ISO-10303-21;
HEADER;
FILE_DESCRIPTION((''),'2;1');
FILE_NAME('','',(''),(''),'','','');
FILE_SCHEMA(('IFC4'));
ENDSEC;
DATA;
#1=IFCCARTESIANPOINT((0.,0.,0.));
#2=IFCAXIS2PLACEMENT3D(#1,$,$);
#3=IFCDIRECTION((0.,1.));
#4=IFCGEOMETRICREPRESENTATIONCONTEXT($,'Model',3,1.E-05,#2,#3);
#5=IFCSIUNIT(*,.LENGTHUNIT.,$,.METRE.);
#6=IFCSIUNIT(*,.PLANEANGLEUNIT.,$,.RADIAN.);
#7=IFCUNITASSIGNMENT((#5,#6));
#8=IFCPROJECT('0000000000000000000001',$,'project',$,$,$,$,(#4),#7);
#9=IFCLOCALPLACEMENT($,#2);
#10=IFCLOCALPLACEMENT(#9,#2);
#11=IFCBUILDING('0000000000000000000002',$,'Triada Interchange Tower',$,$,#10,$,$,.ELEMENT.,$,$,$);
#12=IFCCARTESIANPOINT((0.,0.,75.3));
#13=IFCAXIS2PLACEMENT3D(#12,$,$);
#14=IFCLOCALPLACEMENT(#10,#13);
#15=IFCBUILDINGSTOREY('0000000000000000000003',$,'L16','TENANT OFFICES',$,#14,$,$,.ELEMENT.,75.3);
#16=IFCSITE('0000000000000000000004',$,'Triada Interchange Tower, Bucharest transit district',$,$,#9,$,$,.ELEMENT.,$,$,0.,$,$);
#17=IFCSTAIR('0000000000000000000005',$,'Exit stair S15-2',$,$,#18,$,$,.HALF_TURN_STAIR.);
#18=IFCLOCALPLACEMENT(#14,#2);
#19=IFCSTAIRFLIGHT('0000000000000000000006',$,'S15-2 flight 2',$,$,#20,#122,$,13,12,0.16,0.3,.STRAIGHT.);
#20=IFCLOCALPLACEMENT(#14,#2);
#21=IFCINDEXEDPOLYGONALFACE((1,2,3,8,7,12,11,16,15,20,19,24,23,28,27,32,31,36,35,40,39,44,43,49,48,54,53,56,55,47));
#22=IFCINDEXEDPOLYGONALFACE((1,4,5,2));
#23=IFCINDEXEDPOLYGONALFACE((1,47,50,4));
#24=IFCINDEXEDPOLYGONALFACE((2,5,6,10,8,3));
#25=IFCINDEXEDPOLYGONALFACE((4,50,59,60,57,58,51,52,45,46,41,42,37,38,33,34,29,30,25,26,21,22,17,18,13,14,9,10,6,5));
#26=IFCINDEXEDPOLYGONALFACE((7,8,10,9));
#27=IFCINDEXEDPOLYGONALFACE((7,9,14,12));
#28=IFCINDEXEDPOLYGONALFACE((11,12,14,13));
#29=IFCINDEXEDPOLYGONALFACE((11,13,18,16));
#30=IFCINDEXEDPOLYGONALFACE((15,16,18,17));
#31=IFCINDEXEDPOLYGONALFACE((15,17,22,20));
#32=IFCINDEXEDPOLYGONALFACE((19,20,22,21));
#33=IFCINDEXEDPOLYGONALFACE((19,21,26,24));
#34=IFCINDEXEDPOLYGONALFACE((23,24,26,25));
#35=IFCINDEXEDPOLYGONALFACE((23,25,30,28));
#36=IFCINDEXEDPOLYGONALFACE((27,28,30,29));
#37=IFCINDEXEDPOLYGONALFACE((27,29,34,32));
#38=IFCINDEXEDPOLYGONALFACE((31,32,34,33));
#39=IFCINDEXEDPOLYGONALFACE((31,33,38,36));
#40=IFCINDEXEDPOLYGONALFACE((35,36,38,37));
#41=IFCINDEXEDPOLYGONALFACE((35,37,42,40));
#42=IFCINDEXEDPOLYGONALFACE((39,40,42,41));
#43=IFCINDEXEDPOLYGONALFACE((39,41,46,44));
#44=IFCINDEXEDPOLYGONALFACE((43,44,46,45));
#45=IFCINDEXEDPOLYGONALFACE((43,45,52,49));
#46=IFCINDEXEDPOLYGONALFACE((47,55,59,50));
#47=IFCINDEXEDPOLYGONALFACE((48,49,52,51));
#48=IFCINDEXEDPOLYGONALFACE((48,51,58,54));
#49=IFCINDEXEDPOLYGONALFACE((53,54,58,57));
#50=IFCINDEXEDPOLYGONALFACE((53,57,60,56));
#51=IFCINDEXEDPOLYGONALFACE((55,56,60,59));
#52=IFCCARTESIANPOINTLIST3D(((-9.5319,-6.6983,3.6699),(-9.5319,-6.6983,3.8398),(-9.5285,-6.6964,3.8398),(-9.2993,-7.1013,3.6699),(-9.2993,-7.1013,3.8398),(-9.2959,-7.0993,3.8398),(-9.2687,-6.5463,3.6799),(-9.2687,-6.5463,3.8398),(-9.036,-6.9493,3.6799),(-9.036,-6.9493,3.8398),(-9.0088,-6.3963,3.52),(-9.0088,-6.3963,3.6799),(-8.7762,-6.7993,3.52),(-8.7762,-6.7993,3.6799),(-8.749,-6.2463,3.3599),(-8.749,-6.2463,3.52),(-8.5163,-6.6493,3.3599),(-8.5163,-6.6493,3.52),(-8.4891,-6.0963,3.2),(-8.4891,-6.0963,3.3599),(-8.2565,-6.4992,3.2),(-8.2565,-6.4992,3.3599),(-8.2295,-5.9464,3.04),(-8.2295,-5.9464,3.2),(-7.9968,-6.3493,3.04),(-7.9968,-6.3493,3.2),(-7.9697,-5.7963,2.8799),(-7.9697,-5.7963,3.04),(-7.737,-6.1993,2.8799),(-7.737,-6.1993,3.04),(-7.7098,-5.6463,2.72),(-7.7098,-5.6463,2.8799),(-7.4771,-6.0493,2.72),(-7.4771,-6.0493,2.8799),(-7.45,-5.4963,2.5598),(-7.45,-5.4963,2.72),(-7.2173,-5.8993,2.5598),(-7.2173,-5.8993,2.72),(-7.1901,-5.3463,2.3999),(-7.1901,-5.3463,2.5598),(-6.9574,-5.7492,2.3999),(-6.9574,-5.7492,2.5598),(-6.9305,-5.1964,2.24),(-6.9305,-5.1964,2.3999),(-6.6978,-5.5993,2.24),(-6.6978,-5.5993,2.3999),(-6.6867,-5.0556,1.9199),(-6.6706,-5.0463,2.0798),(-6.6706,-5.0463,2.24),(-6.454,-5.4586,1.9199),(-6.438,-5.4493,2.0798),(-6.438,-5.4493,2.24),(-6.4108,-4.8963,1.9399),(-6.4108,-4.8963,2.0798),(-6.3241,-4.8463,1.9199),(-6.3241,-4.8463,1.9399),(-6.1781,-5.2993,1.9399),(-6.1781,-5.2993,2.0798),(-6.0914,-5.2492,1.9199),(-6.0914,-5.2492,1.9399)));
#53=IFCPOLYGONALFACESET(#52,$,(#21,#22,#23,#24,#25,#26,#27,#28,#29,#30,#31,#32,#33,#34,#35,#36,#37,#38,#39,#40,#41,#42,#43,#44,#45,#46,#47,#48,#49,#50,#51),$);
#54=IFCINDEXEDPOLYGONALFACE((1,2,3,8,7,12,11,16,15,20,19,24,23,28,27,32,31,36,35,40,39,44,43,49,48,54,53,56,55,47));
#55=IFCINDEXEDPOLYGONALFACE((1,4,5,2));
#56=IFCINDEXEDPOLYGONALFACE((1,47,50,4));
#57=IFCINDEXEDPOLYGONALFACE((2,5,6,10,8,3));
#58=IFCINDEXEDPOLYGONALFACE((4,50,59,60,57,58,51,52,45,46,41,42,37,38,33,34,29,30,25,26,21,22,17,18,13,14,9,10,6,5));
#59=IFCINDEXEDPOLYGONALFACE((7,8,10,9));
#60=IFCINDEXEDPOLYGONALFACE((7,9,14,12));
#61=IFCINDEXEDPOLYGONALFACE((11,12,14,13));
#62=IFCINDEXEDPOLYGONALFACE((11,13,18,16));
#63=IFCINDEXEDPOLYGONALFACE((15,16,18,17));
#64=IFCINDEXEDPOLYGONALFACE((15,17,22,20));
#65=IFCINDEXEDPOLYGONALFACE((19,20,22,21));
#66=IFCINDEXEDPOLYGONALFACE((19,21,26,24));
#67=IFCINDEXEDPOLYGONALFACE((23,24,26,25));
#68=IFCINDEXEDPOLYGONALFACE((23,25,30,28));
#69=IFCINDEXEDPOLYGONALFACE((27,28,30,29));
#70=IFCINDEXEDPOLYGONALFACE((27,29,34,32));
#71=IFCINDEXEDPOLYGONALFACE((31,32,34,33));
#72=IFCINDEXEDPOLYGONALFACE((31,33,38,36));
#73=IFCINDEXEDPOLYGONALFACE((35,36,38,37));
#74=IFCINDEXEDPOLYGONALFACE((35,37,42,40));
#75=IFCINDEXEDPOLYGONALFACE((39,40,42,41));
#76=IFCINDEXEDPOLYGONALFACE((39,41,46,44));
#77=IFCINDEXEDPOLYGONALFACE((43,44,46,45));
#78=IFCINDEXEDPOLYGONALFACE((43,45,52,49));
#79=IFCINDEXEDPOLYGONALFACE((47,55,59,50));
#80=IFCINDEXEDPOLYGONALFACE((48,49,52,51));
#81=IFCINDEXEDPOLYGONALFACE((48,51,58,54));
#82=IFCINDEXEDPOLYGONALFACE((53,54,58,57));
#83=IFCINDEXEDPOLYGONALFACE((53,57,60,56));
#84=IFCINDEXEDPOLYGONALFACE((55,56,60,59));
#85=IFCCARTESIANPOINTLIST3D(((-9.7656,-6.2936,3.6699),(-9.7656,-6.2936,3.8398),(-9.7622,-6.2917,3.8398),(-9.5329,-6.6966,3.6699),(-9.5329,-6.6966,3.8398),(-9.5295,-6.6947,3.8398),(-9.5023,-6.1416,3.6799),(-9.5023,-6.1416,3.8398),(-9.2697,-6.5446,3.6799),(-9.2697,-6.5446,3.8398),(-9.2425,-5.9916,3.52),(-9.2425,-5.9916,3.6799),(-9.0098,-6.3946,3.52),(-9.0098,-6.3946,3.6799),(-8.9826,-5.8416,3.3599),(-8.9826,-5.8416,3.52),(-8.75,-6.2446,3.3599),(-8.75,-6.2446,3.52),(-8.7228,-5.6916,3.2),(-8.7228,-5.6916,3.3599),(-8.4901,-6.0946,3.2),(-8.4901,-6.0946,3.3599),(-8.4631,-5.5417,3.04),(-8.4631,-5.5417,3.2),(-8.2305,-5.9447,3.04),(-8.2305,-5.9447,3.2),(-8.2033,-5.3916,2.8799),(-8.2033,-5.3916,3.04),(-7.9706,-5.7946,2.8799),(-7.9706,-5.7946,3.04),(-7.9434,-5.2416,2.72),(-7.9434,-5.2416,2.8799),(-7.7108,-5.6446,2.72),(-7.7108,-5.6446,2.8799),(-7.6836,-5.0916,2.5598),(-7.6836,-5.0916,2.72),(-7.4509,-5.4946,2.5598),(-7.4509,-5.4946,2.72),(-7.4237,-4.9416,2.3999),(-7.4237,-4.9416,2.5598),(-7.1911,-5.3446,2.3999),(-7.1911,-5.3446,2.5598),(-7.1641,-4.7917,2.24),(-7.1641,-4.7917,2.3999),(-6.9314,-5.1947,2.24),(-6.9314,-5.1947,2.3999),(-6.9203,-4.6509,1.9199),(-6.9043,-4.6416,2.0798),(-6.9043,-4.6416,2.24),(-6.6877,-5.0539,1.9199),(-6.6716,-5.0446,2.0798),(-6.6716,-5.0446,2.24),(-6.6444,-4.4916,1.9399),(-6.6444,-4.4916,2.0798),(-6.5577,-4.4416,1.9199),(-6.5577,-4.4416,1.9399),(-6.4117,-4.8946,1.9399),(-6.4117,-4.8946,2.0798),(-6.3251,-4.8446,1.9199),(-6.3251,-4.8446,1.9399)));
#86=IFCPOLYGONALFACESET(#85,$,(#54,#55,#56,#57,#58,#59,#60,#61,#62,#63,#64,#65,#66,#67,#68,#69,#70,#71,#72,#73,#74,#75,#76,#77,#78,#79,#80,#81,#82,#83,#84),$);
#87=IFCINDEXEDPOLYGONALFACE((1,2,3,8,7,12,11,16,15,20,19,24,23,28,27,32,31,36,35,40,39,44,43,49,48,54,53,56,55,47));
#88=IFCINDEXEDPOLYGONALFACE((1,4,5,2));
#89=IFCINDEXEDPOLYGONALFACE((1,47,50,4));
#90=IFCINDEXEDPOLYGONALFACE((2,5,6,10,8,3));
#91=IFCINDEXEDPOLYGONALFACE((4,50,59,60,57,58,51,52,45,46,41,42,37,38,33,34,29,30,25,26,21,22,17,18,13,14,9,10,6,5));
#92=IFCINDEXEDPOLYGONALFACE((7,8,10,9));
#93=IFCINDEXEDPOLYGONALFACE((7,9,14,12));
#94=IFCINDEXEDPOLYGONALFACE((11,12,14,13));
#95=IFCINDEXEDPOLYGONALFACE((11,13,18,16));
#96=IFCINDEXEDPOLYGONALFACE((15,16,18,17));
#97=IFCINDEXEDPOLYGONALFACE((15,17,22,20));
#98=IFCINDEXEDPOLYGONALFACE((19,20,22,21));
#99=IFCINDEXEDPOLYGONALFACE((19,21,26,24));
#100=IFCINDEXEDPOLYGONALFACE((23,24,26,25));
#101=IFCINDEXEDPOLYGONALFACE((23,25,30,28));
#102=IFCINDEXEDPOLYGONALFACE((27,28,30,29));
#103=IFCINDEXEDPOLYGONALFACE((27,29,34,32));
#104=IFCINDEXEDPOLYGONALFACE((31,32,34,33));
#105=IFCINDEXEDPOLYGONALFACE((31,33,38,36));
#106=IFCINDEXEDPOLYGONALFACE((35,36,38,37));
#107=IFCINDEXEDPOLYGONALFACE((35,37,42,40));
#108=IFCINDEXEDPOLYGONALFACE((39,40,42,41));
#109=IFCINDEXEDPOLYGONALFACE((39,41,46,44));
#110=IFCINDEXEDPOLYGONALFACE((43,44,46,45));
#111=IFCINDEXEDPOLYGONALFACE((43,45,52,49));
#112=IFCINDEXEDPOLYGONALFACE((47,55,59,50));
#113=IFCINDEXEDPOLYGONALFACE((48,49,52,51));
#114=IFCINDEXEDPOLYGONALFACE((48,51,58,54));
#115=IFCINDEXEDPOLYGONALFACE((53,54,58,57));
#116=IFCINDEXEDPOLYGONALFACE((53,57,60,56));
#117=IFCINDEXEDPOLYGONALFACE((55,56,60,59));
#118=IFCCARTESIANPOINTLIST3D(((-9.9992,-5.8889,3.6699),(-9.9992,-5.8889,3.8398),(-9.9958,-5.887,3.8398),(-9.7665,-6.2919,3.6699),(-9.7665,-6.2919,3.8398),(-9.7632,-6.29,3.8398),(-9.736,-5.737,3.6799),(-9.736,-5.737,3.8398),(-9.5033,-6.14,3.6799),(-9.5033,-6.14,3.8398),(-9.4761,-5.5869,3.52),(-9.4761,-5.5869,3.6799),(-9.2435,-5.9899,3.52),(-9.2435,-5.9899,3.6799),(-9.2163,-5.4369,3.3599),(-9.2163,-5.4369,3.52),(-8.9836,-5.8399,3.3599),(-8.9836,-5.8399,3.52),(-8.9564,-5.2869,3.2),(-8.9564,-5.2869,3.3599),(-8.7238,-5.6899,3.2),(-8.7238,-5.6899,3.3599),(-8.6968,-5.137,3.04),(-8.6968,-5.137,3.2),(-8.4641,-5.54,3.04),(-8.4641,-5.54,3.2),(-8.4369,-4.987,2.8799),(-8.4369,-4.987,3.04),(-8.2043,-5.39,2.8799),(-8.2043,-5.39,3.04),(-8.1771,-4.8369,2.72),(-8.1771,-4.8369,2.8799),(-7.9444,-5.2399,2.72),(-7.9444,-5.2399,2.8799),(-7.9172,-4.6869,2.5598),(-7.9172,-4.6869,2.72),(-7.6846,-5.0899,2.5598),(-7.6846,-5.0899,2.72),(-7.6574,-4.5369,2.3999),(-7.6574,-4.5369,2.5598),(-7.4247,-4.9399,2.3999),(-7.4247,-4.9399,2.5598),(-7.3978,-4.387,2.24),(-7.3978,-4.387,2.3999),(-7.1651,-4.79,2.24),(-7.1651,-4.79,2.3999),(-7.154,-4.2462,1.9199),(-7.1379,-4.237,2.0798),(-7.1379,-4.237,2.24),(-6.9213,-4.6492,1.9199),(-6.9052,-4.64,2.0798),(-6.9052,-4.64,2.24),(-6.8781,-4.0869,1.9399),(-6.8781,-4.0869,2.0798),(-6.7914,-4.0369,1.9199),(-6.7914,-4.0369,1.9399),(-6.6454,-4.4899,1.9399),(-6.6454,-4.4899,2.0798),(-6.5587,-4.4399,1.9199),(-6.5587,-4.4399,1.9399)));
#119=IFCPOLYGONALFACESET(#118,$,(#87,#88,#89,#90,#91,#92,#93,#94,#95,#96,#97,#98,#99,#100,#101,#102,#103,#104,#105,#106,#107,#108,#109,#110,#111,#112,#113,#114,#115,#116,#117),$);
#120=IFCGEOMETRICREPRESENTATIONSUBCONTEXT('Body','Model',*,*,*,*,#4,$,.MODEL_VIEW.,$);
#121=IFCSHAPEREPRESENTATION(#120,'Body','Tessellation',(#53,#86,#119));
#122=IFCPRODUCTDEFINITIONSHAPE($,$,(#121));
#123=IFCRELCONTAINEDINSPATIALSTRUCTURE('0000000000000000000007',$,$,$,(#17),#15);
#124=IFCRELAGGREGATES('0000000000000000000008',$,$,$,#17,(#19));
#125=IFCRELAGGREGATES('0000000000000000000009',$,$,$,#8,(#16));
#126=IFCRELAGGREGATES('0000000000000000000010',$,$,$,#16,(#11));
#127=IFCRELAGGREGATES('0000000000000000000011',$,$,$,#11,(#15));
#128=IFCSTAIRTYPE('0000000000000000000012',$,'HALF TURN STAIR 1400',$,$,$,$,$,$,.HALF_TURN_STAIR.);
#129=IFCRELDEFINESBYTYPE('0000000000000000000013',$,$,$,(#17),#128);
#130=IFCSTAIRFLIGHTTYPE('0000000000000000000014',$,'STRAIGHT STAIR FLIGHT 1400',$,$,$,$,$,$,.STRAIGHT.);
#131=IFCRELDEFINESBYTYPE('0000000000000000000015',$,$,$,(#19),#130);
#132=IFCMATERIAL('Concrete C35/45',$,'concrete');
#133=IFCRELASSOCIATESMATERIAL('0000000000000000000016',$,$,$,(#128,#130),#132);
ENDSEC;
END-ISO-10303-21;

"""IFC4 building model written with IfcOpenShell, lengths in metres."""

from ifc_helpers import new_model, si_unit, direction, frame, origin, place, context, subcontext, project, spatial, polyline, outline, extrude, material, type_object, element, aggregate, save


model = new_model("IFC4")

# Units and contexts
model_context = context("Model", 3, precision=1e-05, world=origin(), true_north=direction((0.0, 1.0)))
body_context = subcontext(model_context, "Body", "Model", "MODEL_VIEW")
ifc_project = project(units=[si_unit("LENGTHUNIT", "METRE"), si_unit("PLANEANGLEUNIT", "RADIAN")], contexts=[model_context])

# Site, building, storey
site_placement = place(None, origin())
site = spatial("IfcSite", under=ifc_project, at=site_placement, Name="Triada Interchange Tower, Bucharest transit district", CompositionType="ELEMENT", RefElevation=0.0)
building_placement = place(site_placement, origin())
building = spatial("IfcBuilding", under=site, at=building_placement, Name="Triada Interchange Tower", CompositionType="ELEMENT")
storey_placement = place(building_placement, frame((0.0, 0.0, 75.3)))
storey = spatial("IfcBuildingStorey", under=building, at=storey_placement, Name="L16", Description="TENANT OFFICES", CompositionType="ELEMENT", Elevation=75.3)

# Stair, stair flight
ifc_material_1 = material(Name="Concrete C35/45", Category="concrete")
stair_type = type_object("IfcStairType", Name="HALF TURN STAIR 1400", PredefinedType="HALF_TURN_STAIR", material=ifc_material_1)
stair_placement = place(storey_placement, origin())
stair = element("IfcStair", 1, at=stair_placement, inside=storey, type_object=stair_type, Name="Exit stair S15-2", PredefinedType="HALF_TURN_STAIR")
stair_flight_type = type_object("IfcStairFlightType", Name="STRAIGHT STAIR FLIGHT 1400", PredefinedType="STRAIGHT", material=ifc_material_1)
stair_flight_1_placement = place(storey_placement, frame((-6.5281, -4.6931, 1.9199), z_axis=(0.0, 0.0, 1.0), x_axis=(-0.866025, -0.5, 0.0)))
stair_flight_1 = element("IfcStairFlight", 2, at=stair_flight_1_placement, type_object=stair_flight_type, Name="S15-2 flight 2", NumberOfRisers=13, NumberOfTreads=12, PredefinedType="STRAIGHT", RiserHeight=0.16, TreadLength=0.3, context=body_context, shape_type="SweptSolid", body=[
    extrude(outline(polyline([(-0.1001, 0.0), (-0.1001, 0.02), (0.0, 0.02), (0.0, 0.1599), (0.3, 0.1599), (0.3, 0.3201), (0.6001, 0.3201), (0.6001, 0.48), (0.8999, 0.48), (0.8999, 0.6399), (1.2, 0.6399), (1.2, 0.8), (1.5, 0.8), (1.5, 0.96), (1.8, 0.96), (1.8, 1.1201), (2.1001, 1.1201), (2.1001, 1.28), (2.3999, 1.28), (2.3999, 1.4399), (2.7, 1.4399), (2.7, 1.6001), (3.0, 1.6001), (3.0, 1.76), (3.3, 1.76), (3.3, 1.9199), (3.6001, 1.9199), (3.604, 1.9199), (3.604, 2.0801), (3.604, 1.75), (0.3186, 0.0), (-0.1001, 0.0)])), frame((0.0, 0.7, 0.0), z_axis=(0.0, -1.0, 0.0), x_axis=(1.0, 0.0, 0.0)), (0.0, 0.0, 1.0), 0.4653),
    extrude(outline(polyline([(-0.1001, 0.0), (-0.1001, 0.02), (0.0, 0.02), (0.0, 0.1599), (0.3, 0.1599), (0.3, 0.3201), (0.6001, 0.3201), (0.6001, 0.48), (0.8999, 0.48), (0.8999, 0.6399), (1.2, 0.6399), (1.2, 0.8), (1.5, 0.8), (1.5, 0.96), (1.8, 0.96), (1.8, 1.1201), (2.1001, 1.1201), (2.1001, 1.28), (2.3999, 1.28), (2.3999, 1.4399), (2.7, 1.4399), (2.7, 1.6001), (3.0, 1.6001), (3.0, 1.76), (3.3, 1.76), (3.3, 1.9199), (3.6001, 1.9199), (3.604, 1.9199), (3.604, 2.0801), (3.604, 1.75), (0.3186, 0.0), (-0.1001, 0.0)])), frame((0.0, 0.2327, 0.0), z_axis=(0.0, -1.0, 0.0), x_axis=(1.0, 0.0, 0.0)), (0.0, 0.0, 1.0), 0.4653),
    extrude(outline(polyline([(-0.1001, 0.0), (-0.1001, 0.02), (0.0, 0.02), (0.0, 0.1599), (0.3, 0.1599), (0.3, 0.3201), (0.6001, 0.3201), (0.6001, 0.48), (0.8999, 0.48), (0.8999, 0.6399), (1.2, 0.6399), (1.2, 0.8), (1.5, 0.8), (1.5, 0.96), (1.8, 0.96), (1.8, 1.1201), (2.1001, 1.1201), (2.1001, 1.28), (2.3999, 1.28), (2.3999, 1.4399), (2.7, 1.4399), (2.7, 1.6001), (3.0, 1.6001), (3.0, 1.76), (3.3, 1.76), (3.3, 1.9199), (3.6001, 1.9199), (3.604, 1.9199), (3.604, 2.0801), (3.604, 1.75), (0.3186, 0.0), (-0.1001, 0.0)])), frame((0.0, -0.2346, 0.0), z_axis=(0.0, -1.0, 0.0), x_axis=(1.0, 0.0, 0.0)), (0.0, 0.0, 1.0), 0.4653),
])
aggregate(stair, [stair_flight_1])

save(model, "model.ifc")
